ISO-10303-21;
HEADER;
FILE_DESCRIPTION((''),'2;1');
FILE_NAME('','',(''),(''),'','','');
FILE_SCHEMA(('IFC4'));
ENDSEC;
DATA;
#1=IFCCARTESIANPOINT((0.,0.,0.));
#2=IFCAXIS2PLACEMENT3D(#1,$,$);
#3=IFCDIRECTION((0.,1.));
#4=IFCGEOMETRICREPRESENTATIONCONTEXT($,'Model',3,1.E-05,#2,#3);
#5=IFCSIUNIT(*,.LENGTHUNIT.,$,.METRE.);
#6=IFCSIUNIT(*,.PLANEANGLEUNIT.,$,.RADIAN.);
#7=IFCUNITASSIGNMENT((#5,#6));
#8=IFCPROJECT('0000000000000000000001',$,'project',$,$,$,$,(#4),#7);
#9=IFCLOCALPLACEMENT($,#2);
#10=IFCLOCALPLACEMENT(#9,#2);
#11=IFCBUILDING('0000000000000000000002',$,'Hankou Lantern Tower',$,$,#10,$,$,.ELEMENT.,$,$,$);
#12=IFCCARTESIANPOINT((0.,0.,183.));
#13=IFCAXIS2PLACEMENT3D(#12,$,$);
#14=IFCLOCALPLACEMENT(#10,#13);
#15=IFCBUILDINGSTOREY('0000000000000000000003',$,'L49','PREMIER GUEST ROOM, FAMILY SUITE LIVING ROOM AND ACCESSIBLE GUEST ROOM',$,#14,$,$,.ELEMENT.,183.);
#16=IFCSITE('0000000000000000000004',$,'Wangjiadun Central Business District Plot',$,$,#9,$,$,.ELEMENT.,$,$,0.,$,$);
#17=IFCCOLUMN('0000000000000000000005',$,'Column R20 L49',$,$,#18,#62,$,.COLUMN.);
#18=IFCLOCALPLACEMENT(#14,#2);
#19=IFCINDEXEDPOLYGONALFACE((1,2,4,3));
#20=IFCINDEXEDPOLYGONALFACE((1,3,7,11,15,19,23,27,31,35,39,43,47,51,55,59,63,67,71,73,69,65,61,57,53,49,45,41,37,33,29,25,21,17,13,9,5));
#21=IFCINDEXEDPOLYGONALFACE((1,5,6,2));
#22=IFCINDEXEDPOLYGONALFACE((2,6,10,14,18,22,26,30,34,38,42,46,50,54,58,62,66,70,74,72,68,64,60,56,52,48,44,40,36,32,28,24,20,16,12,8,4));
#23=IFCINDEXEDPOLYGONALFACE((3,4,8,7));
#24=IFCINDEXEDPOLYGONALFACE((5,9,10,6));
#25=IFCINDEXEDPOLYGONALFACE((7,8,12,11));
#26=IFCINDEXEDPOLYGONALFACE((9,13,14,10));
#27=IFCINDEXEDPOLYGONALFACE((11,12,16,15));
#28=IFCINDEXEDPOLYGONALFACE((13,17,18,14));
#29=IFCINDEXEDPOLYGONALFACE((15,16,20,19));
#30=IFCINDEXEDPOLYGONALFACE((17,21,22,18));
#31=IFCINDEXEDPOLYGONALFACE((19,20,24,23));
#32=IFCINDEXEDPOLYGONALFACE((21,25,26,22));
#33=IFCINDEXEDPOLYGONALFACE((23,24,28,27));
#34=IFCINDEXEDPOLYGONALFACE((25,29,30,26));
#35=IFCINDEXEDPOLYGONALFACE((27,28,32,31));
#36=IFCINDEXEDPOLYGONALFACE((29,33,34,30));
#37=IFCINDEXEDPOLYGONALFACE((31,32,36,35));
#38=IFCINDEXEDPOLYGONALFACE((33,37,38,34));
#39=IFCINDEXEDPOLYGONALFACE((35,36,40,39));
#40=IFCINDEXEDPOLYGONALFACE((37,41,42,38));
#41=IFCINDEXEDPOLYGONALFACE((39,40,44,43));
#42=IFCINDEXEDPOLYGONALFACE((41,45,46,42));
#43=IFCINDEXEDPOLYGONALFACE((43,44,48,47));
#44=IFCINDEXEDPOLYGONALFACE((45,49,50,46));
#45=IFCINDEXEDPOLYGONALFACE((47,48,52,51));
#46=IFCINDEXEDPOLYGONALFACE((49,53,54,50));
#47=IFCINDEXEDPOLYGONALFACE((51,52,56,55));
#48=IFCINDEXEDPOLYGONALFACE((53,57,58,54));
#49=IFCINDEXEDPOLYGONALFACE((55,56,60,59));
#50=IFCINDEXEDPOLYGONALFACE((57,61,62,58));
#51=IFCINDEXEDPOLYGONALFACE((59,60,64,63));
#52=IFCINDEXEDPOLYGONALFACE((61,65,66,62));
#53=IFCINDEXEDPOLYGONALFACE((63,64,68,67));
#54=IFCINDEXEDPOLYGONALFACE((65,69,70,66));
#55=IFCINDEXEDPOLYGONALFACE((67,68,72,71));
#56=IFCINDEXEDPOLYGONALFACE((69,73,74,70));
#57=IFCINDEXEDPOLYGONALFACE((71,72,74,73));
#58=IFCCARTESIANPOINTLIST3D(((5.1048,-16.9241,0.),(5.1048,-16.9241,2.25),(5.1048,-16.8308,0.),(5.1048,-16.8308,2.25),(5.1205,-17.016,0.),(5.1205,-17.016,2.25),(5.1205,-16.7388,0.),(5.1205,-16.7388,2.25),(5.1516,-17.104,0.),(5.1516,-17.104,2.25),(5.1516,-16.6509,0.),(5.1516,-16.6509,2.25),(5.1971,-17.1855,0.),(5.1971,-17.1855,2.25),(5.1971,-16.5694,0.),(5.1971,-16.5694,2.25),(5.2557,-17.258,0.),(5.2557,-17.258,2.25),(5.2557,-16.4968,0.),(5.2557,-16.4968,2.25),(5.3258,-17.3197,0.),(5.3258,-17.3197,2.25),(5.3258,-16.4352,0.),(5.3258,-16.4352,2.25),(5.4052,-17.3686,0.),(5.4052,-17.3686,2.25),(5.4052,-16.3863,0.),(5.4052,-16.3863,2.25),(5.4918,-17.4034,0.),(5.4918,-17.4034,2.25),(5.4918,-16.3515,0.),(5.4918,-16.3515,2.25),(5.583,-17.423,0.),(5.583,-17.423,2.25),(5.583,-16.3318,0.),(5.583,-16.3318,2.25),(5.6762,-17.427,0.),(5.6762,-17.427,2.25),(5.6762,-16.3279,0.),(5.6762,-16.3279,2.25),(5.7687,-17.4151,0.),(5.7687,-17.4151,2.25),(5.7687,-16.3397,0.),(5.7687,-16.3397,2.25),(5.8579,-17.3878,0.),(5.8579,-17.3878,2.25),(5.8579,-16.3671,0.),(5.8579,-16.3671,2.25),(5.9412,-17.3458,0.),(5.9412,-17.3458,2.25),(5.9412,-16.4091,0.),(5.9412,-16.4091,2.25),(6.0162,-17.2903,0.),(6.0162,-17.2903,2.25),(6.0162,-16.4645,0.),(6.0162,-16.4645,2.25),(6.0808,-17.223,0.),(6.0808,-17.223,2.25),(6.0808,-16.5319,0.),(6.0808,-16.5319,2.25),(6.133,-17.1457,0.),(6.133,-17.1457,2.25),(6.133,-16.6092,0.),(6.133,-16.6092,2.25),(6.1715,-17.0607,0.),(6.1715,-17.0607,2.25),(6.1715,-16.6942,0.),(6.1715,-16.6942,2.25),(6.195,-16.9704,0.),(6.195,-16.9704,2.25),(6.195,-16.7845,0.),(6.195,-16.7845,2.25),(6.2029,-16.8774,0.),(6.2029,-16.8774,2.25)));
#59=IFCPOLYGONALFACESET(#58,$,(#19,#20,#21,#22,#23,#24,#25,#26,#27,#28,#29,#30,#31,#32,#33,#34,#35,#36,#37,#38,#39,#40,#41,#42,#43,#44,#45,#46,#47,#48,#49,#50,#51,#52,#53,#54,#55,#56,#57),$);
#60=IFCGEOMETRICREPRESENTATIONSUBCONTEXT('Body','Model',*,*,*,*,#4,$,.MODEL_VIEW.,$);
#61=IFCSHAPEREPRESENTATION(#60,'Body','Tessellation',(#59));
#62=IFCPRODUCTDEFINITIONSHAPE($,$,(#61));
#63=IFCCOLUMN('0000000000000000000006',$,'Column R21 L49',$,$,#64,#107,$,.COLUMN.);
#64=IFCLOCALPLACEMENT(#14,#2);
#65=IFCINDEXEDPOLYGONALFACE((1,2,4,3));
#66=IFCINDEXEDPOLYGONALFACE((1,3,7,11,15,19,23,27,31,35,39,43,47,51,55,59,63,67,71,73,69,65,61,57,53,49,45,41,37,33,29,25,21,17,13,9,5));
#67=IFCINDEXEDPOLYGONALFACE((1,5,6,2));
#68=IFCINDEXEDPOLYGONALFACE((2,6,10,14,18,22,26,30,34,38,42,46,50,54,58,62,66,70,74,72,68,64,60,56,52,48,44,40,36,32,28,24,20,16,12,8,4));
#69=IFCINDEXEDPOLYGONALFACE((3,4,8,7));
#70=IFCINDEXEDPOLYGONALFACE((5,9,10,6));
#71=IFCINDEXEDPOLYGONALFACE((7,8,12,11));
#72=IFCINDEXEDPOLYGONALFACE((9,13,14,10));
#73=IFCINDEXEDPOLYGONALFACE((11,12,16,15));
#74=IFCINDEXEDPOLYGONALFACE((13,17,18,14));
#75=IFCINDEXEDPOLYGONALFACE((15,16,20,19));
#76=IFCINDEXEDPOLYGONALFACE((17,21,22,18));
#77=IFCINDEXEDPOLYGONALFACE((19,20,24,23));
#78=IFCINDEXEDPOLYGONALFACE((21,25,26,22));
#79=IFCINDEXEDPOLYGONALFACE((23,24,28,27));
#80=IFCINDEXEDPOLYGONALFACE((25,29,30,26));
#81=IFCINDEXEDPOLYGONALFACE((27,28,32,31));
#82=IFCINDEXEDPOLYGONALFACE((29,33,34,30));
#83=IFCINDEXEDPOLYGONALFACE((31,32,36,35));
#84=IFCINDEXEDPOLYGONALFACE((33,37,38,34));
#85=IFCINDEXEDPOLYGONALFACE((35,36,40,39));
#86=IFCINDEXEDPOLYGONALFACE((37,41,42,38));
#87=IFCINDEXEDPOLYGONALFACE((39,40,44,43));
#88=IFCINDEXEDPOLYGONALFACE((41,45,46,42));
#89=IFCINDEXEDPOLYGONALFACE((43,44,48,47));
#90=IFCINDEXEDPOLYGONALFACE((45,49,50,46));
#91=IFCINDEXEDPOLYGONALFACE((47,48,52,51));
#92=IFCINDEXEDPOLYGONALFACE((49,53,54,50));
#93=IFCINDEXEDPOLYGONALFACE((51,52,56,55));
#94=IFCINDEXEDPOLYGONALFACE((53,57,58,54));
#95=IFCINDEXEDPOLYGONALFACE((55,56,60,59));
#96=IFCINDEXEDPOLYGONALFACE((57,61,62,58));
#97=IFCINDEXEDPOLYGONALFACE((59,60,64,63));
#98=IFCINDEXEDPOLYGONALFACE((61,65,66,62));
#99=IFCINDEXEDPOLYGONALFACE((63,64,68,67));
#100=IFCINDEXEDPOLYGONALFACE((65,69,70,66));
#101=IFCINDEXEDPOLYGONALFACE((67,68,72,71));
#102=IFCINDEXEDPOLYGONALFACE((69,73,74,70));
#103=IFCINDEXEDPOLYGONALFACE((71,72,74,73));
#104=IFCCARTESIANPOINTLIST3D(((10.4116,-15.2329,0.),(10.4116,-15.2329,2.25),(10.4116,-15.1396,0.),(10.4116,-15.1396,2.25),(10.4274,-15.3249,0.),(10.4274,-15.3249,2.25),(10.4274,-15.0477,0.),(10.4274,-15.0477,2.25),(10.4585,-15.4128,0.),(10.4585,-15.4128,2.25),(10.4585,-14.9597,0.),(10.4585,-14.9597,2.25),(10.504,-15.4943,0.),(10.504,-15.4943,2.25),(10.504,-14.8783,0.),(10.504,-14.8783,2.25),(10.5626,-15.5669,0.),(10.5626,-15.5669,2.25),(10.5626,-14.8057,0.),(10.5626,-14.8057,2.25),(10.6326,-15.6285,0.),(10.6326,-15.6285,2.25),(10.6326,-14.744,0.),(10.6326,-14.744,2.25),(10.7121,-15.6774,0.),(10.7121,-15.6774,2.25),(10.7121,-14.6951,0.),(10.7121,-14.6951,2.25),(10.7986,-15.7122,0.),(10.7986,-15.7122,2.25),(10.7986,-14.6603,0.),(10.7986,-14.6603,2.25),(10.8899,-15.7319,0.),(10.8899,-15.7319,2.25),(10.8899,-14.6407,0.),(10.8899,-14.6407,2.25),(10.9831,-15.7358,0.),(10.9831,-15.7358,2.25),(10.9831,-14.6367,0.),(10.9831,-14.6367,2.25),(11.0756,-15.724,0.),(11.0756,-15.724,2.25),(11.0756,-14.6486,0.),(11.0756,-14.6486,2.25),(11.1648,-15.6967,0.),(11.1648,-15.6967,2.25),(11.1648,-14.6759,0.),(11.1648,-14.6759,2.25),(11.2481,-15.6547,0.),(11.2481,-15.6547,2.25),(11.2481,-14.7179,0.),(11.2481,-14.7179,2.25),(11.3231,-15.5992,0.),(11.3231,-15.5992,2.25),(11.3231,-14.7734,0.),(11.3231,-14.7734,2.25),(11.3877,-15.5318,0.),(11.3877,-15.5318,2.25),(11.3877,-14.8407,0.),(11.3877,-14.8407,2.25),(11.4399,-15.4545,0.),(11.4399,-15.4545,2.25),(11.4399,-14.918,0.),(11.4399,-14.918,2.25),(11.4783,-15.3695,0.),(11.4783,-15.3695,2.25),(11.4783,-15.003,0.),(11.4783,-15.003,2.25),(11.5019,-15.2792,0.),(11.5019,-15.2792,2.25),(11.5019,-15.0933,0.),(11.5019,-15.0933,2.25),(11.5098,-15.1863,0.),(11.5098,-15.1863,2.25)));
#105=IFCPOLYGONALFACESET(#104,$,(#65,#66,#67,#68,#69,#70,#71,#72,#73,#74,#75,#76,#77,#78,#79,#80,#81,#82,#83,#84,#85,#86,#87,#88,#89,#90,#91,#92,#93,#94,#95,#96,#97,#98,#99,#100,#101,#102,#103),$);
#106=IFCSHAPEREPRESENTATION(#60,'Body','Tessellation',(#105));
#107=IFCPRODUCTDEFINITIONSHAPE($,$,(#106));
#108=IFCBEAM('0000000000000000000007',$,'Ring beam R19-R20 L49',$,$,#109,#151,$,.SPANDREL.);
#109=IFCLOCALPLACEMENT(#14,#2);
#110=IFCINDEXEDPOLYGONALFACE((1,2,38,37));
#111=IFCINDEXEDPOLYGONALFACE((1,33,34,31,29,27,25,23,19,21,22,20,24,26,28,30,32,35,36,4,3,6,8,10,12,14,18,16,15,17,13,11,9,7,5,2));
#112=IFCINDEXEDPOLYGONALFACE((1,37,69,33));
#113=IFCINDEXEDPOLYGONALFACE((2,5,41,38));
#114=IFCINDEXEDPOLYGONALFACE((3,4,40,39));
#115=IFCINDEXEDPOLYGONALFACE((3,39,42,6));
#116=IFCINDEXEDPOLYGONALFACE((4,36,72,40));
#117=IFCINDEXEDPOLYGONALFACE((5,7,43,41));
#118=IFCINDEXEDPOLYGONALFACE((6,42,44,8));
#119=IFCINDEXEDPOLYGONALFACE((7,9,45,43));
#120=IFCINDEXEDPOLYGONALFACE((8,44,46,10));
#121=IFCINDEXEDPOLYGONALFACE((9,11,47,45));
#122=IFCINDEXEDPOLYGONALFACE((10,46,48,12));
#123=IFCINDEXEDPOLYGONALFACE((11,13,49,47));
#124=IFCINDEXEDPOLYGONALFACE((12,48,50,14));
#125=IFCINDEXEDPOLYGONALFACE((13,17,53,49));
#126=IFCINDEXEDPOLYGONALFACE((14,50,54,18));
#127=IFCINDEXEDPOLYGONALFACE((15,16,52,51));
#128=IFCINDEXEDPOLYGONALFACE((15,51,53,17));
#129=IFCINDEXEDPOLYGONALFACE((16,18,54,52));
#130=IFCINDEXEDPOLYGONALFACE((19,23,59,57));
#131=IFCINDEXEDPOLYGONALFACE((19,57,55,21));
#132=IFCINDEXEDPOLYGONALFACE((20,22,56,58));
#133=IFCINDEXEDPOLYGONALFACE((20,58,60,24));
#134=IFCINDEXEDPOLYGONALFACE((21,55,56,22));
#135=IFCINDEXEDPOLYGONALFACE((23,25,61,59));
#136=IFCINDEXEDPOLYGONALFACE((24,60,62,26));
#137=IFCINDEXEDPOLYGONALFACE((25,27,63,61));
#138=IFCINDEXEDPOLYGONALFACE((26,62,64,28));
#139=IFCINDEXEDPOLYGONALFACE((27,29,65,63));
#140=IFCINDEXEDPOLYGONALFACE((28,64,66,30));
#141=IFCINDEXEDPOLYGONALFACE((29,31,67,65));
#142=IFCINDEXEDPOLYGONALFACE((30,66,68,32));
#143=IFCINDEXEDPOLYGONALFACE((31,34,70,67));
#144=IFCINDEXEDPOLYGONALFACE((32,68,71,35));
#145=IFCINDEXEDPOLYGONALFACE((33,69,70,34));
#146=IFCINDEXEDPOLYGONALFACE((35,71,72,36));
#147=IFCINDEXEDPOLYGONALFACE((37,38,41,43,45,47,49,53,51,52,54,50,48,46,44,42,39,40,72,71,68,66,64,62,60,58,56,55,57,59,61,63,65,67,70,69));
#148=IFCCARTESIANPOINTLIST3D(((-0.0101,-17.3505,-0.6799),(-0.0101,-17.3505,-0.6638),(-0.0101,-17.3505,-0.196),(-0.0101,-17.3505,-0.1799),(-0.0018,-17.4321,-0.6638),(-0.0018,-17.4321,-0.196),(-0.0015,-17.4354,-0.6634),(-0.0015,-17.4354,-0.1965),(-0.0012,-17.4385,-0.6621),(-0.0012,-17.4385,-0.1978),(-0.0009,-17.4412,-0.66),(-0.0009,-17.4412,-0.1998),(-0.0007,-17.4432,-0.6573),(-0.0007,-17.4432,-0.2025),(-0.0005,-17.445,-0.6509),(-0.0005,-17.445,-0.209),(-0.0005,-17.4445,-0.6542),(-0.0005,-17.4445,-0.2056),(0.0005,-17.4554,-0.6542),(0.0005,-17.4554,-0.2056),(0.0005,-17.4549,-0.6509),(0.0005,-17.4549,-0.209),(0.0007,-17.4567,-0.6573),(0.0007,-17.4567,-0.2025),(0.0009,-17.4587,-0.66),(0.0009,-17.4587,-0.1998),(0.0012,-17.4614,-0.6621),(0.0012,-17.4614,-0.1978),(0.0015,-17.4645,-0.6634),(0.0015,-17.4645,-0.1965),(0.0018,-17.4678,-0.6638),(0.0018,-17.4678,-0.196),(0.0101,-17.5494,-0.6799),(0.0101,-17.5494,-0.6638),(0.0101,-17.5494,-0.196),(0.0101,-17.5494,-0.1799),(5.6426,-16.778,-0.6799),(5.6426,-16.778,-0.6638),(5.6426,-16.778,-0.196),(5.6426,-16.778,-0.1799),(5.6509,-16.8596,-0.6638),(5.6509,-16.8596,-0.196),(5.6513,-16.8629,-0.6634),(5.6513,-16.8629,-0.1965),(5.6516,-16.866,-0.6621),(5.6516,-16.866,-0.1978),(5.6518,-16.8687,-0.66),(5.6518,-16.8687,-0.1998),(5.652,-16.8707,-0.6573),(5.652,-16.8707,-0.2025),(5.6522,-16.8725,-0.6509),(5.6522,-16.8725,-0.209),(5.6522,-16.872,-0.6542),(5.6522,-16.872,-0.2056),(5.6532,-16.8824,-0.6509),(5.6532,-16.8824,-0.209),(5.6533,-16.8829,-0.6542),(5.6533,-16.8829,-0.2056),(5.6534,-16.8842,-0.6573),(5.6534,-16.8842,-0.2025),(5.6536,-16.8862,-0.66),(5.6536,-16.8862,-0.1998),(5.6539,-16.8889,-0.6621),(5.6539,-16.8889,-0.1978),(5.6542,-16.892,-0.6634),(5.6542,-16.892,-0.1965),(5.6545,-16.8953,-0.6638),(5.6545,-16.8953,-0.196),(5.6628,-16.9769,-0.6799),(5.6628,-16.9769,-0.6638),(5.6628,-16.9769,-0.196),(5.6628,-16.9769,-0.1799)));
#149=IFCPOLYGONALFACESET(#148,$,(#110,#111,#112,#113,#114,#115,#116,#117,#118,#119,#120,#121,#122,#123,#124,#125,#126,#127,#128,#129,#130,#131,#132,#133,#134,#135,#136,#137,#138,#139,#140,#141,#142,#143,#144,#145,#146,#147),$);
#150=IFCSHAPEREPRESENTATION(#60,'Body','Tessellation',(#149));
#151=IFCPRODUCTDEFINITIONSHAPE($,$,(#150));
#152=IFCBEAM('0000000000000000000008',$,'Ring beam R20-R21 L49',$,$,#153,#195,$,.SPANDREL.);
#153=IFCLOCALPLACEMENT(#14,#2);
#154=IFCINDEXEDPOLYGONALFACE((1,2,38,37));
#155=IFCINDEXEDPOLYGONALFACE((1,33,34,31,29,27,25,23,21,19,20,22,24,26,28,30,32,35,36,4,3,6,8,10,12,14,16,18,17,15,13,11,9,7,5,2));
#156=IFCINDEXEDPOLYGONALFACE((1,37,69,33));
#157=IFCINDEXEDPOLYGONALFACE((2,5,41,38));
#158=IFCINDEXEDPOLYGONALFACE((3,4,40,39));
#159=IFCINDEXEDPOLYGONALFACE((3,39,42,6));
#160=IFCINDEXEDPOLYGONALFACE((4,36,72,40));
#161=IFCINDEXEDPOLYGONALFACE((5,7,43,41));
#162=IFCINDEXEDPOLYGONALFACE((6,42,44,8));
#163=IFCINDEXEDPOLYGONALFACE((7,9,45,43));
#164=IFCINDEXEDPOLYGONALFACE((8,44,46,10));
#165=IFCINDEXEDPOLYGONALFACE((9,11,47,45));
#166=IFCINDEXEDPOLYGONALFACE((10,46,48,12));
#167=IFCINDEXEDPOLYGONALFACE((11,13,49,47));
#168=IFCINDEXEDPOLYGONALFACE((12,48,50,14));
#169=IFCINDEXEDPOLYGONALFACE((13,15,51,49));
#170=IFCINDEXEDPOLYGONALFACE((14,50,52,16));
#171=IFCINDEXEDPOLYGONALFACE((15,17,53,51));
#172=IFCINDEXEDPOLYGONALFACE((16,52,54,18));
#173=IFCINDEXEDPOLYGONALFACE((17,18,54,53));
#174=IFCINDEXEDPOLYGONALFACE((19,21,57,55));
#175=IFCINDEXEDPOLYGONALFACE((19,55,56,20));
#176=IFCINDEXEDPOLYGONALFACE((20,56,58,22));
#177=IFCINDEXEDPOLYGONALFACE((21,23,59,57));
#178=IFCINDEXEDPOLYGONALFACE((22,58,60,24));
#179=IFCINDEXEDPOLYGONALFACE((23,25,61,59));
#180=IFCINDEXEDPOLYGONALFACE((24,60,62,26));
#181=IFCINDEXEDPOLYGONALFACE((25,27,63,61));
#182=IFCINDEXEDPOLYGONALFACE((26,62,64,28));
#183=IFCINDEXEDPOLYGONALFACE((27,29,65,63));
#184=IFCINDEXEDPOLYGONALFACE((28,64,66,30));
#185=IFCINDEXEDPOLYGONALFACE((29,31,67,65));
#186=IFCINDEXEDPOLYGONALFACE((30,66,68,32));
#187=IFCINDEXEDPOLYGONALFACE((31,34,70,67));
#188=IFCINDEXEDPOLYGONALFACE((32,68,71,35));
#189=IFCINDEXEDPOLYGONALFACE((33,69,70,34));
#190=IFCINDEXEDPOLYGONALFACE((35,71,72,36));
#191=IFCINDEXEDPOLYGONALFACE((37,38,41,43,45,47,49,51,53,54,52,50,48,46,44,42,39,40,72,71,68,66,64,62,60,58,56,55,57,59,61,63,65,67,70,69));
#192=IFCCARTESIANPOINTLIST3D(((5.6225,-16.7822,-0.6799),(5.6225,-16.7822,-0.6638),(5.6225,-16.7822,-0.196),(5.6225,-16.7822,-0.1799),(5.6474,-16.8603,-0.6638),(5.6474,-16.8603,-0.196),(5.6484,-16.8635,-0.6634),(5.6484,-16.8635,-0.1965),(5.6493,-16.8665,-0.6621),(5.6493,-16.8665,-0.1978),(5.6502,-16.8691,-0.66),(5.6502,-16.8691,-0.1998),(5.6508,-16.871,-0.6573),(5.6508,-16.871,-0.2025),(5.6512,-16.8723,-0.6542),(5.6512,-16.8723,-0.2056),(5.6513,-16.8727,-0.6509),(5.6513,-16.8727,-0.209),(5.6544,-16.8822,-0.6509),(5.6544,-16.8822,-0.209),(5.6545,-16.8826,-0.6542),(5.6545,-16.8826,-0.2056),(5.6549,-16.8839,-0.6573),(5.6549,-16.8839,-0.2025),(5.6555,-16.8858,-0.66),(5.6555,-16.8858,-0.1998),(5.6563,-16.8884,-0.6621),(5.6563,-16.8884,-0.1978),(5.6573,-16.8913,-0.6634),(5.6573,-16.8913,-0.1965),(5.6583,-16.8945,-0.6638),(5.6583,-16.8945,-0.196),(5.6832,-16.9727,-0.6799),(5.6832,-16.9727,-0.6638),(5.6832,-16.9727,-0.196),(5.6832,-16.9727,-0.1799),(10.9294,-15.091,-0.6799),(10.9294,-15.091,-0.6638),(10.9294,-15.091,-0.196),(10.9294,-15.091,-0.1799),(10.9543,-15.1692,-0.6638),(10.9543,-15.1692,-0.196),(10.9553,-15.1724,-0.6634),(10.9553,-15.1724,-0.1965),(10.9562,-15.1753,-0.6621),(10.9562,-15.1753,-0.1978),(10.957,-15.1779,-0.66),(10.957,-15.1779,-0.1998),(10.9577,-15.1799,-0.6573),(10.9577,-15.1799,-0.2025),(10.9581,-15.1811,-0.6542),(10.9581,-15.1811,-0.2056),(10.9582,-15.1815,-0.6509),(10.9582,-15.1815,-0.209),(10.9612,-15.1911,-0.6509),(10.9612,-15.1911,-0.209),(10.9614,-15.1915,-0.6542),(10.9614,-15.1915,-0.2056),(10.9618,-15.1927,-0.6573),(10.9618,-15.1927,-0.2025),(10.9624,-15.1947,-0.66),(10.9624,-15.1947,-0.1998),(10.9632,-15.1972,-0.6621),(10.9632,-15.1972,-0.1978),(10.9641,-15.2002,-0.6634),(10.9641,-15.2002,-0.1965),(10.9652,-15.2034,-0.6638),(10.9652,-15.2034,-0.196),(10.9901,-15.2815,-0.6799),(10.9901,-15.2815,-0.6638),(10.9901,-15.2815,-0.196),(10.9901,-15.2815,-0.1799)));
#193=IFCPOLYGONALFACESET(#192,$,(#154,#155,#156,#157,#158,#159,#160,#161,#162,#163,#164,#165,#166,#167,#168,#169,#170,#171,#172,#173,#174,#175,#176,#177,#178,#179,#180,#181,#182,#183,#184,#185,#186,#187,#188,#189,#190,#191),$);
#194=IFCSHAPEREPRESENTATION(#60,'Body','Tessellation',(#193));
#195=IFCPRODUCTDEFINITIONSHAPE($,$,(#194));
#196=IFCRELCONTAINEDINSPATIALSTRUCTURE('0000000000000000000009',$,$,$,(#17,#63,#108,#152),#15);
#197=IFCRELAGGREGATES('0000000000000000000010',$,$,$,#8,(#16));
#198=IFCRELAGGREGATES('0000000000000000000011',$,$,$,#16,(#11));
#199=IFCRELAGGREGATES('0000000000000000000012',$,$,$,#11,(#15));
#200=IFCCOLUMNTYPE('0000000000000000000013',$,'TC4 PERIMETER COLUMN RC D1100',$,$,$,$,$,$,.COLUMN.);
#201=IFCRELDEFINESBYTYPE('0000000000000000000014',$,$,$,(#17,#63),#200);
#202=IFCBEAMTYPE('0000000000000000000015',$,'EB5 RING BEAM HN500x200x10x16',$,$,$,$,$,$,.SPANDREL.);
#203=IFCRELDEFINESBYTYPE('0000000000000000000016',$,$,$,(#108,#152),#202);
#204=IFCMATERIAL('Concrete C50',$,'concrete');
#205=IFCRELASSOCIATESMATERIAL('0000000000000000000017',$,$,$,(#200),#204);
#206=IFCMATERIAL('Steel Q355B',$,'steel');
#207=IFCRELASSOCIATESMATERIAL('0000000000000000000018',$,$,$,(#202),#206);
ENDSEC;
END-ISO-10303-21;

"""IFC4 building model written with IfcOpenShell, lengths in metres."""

from ifc_helpers import new_model, si_unit, direction, frame, origin, origin_2d, place, context, subcontext, project, spatial, circle, i_section, extrude, clip, halfspace, material, material_profile, profile_set, type_object, element, save


model = new_model("IFC4")

# Units and contexts
model_context = context("Model", 3, precision=1e-05, world=origin(), true_north=direction((0.0, 1.0)))
body_context = subcontext(model_context, "Body", "Model", "MODEL_VIEW")
ifc_project = project(units=[si_unit("LENGTHUNIT", "METRE"), si_unit("PLANEANGLEUNIT", "RADIAN")], contexts=[model_context])

# Site, building, storey
site_placement = place(None, origin())
site = spatial("IfcSite", under=ifc_project, at=site_placement, Name="Wangjiadun Central Business District Plot", CompositionType="ELEMENT", RefElevation=0.0)
building_placement = place(site_placement, origin())
building = spatial("IfcBuilding", under=site, at=building_placement, Name="Hankou Lantern Tower", CompositionType="ELEMENT")
storey_placement = place(building_placement, frame((0.0, 0.0, 183.0)))
storey = spatial("IfcBuildingStorey", under=building, at=storey_placement, Name="L49", Description="PREMIER GUEST ROOM, FAMILY SUITE LIVING ROOM AND ACCESSIBLE GUEST ROOM", CompositionType="ELEMENT", Elevation=183.0)

# Columns
ifc_material_1 = material(Name="Concrete C50", Category="concrete")
ifc_material_profile_1 = material_profile(ifc_material_1, circle(Radius=0.55, at=origin_2d()), Name="RC D1100")
ifc_profile_set_1 = profile_set([ifc_material_profile_1], Name="Concrete C50")
column_type = type_object("IfcColumnType", Name="TC4 PERIMETER COLUMN RC D1100", PredefinedType="COLUMN", material=ifc_profile_set_1)
for number, where, z_axis, x_axis, name in (
    (1, (5.6528, -16.8774, 0.0), (0.0, 0.0, 1.0), (1.0, 0.0, 0.0), "Column R20 L49"),
    (2, (10.9597, -15.1863, 0.0), (0.0, 0.0, 1.0), (1.0, 0.0, 0.0), "Column R21 L49"),
):
    element("IfcColumn", number, at=place(storey_placement, frame(where, z_axis=z_axis, x_axis=x_axis)), inside=storey, type_object=column_type, Name=name, PredefinedType="COLUMN", context=body_context, shape_type="Clipping", body=[
        clip(extrude(circle(Radius=0.55, at=origin_2d()), origin(), (0.0, 0.0, 1.0), 3.3), halfspace(frame((0.0, 0.0, 2.25), z_axis=(0.0, 0.0, 1.0), x_axis=(1.0, 0.0, 0.0)), False)),
    ])

# Beams
ifc_material_2 = material(Name="Steel Q355B", Category="steel")
ifc_material_profile_2 = material_profile(ifc_material_2, i_section(OverallWidth=0.2, OverallDepth=0.5, WebThickness=0.01, FlangeThickness=0.0161, FilletRadius=0.0129, at=origin_2d()), Name="HN500x200x10x16")
ifc_profile_set_2 = profile_set([ifc_material_profile_2], Name="Steel Q355B")
beam_type_1 = type_object("IfcBeamType", Name="EB5 RING BEAM HN500x200x10x16", PredefinedType="SPANDREL", material=ifc_profile_set_2)
beam_1_placement = place(storey_placement, frame((0.0, -17.45, -0.4299), z_axis=(0.99491, 0.100763, 0.0), x_axis=(-0.100763, 0.99491, 0.0)))
element("IfcBeam", 3, at=beam_1_placement, inside=storey, type_object=beam_type_1, Name="Ring beam R19-R20 L49", PredefinedType="SPANDREL", context=body_context, shape_type="SweptSolid", body=[
    extrude(i_section(OverallWidth=0.2, OverallDepth=0.5, WebThickness=0.01, FlangeThickness=0.0161, FilletRadius=0.0129, at=origin_2d()), origin(), (0.0, 0.0, 1.0), 5.6816),
])
beam_2_placement = place(storey_placement, frame((5.6528, -16.8774, -0.4299), z_axis=(0.95279, 0.303629, 0.0), x_axis=(-0.303629, 0.95279, 0.0)))
element("IfcBeam", 4, at=beam_2_placement, inside=storey, type_object=beam_type_1, Name="Ring beam R20-R21 L49", PredefinedType="SPANDREL", context=body_context, shape_type="SweptSolid", body=[
    extrude(i_section(OverallWidth=0.2, OverallDepth=0.5, WebThickness=0.01, FlangeThickness=0.0161, FilletRadius=0.0129, at=origin_2d()), origin(), (0.0, 0.0, 1.0), 5.5698),
])

save(model, "model.ifc")
